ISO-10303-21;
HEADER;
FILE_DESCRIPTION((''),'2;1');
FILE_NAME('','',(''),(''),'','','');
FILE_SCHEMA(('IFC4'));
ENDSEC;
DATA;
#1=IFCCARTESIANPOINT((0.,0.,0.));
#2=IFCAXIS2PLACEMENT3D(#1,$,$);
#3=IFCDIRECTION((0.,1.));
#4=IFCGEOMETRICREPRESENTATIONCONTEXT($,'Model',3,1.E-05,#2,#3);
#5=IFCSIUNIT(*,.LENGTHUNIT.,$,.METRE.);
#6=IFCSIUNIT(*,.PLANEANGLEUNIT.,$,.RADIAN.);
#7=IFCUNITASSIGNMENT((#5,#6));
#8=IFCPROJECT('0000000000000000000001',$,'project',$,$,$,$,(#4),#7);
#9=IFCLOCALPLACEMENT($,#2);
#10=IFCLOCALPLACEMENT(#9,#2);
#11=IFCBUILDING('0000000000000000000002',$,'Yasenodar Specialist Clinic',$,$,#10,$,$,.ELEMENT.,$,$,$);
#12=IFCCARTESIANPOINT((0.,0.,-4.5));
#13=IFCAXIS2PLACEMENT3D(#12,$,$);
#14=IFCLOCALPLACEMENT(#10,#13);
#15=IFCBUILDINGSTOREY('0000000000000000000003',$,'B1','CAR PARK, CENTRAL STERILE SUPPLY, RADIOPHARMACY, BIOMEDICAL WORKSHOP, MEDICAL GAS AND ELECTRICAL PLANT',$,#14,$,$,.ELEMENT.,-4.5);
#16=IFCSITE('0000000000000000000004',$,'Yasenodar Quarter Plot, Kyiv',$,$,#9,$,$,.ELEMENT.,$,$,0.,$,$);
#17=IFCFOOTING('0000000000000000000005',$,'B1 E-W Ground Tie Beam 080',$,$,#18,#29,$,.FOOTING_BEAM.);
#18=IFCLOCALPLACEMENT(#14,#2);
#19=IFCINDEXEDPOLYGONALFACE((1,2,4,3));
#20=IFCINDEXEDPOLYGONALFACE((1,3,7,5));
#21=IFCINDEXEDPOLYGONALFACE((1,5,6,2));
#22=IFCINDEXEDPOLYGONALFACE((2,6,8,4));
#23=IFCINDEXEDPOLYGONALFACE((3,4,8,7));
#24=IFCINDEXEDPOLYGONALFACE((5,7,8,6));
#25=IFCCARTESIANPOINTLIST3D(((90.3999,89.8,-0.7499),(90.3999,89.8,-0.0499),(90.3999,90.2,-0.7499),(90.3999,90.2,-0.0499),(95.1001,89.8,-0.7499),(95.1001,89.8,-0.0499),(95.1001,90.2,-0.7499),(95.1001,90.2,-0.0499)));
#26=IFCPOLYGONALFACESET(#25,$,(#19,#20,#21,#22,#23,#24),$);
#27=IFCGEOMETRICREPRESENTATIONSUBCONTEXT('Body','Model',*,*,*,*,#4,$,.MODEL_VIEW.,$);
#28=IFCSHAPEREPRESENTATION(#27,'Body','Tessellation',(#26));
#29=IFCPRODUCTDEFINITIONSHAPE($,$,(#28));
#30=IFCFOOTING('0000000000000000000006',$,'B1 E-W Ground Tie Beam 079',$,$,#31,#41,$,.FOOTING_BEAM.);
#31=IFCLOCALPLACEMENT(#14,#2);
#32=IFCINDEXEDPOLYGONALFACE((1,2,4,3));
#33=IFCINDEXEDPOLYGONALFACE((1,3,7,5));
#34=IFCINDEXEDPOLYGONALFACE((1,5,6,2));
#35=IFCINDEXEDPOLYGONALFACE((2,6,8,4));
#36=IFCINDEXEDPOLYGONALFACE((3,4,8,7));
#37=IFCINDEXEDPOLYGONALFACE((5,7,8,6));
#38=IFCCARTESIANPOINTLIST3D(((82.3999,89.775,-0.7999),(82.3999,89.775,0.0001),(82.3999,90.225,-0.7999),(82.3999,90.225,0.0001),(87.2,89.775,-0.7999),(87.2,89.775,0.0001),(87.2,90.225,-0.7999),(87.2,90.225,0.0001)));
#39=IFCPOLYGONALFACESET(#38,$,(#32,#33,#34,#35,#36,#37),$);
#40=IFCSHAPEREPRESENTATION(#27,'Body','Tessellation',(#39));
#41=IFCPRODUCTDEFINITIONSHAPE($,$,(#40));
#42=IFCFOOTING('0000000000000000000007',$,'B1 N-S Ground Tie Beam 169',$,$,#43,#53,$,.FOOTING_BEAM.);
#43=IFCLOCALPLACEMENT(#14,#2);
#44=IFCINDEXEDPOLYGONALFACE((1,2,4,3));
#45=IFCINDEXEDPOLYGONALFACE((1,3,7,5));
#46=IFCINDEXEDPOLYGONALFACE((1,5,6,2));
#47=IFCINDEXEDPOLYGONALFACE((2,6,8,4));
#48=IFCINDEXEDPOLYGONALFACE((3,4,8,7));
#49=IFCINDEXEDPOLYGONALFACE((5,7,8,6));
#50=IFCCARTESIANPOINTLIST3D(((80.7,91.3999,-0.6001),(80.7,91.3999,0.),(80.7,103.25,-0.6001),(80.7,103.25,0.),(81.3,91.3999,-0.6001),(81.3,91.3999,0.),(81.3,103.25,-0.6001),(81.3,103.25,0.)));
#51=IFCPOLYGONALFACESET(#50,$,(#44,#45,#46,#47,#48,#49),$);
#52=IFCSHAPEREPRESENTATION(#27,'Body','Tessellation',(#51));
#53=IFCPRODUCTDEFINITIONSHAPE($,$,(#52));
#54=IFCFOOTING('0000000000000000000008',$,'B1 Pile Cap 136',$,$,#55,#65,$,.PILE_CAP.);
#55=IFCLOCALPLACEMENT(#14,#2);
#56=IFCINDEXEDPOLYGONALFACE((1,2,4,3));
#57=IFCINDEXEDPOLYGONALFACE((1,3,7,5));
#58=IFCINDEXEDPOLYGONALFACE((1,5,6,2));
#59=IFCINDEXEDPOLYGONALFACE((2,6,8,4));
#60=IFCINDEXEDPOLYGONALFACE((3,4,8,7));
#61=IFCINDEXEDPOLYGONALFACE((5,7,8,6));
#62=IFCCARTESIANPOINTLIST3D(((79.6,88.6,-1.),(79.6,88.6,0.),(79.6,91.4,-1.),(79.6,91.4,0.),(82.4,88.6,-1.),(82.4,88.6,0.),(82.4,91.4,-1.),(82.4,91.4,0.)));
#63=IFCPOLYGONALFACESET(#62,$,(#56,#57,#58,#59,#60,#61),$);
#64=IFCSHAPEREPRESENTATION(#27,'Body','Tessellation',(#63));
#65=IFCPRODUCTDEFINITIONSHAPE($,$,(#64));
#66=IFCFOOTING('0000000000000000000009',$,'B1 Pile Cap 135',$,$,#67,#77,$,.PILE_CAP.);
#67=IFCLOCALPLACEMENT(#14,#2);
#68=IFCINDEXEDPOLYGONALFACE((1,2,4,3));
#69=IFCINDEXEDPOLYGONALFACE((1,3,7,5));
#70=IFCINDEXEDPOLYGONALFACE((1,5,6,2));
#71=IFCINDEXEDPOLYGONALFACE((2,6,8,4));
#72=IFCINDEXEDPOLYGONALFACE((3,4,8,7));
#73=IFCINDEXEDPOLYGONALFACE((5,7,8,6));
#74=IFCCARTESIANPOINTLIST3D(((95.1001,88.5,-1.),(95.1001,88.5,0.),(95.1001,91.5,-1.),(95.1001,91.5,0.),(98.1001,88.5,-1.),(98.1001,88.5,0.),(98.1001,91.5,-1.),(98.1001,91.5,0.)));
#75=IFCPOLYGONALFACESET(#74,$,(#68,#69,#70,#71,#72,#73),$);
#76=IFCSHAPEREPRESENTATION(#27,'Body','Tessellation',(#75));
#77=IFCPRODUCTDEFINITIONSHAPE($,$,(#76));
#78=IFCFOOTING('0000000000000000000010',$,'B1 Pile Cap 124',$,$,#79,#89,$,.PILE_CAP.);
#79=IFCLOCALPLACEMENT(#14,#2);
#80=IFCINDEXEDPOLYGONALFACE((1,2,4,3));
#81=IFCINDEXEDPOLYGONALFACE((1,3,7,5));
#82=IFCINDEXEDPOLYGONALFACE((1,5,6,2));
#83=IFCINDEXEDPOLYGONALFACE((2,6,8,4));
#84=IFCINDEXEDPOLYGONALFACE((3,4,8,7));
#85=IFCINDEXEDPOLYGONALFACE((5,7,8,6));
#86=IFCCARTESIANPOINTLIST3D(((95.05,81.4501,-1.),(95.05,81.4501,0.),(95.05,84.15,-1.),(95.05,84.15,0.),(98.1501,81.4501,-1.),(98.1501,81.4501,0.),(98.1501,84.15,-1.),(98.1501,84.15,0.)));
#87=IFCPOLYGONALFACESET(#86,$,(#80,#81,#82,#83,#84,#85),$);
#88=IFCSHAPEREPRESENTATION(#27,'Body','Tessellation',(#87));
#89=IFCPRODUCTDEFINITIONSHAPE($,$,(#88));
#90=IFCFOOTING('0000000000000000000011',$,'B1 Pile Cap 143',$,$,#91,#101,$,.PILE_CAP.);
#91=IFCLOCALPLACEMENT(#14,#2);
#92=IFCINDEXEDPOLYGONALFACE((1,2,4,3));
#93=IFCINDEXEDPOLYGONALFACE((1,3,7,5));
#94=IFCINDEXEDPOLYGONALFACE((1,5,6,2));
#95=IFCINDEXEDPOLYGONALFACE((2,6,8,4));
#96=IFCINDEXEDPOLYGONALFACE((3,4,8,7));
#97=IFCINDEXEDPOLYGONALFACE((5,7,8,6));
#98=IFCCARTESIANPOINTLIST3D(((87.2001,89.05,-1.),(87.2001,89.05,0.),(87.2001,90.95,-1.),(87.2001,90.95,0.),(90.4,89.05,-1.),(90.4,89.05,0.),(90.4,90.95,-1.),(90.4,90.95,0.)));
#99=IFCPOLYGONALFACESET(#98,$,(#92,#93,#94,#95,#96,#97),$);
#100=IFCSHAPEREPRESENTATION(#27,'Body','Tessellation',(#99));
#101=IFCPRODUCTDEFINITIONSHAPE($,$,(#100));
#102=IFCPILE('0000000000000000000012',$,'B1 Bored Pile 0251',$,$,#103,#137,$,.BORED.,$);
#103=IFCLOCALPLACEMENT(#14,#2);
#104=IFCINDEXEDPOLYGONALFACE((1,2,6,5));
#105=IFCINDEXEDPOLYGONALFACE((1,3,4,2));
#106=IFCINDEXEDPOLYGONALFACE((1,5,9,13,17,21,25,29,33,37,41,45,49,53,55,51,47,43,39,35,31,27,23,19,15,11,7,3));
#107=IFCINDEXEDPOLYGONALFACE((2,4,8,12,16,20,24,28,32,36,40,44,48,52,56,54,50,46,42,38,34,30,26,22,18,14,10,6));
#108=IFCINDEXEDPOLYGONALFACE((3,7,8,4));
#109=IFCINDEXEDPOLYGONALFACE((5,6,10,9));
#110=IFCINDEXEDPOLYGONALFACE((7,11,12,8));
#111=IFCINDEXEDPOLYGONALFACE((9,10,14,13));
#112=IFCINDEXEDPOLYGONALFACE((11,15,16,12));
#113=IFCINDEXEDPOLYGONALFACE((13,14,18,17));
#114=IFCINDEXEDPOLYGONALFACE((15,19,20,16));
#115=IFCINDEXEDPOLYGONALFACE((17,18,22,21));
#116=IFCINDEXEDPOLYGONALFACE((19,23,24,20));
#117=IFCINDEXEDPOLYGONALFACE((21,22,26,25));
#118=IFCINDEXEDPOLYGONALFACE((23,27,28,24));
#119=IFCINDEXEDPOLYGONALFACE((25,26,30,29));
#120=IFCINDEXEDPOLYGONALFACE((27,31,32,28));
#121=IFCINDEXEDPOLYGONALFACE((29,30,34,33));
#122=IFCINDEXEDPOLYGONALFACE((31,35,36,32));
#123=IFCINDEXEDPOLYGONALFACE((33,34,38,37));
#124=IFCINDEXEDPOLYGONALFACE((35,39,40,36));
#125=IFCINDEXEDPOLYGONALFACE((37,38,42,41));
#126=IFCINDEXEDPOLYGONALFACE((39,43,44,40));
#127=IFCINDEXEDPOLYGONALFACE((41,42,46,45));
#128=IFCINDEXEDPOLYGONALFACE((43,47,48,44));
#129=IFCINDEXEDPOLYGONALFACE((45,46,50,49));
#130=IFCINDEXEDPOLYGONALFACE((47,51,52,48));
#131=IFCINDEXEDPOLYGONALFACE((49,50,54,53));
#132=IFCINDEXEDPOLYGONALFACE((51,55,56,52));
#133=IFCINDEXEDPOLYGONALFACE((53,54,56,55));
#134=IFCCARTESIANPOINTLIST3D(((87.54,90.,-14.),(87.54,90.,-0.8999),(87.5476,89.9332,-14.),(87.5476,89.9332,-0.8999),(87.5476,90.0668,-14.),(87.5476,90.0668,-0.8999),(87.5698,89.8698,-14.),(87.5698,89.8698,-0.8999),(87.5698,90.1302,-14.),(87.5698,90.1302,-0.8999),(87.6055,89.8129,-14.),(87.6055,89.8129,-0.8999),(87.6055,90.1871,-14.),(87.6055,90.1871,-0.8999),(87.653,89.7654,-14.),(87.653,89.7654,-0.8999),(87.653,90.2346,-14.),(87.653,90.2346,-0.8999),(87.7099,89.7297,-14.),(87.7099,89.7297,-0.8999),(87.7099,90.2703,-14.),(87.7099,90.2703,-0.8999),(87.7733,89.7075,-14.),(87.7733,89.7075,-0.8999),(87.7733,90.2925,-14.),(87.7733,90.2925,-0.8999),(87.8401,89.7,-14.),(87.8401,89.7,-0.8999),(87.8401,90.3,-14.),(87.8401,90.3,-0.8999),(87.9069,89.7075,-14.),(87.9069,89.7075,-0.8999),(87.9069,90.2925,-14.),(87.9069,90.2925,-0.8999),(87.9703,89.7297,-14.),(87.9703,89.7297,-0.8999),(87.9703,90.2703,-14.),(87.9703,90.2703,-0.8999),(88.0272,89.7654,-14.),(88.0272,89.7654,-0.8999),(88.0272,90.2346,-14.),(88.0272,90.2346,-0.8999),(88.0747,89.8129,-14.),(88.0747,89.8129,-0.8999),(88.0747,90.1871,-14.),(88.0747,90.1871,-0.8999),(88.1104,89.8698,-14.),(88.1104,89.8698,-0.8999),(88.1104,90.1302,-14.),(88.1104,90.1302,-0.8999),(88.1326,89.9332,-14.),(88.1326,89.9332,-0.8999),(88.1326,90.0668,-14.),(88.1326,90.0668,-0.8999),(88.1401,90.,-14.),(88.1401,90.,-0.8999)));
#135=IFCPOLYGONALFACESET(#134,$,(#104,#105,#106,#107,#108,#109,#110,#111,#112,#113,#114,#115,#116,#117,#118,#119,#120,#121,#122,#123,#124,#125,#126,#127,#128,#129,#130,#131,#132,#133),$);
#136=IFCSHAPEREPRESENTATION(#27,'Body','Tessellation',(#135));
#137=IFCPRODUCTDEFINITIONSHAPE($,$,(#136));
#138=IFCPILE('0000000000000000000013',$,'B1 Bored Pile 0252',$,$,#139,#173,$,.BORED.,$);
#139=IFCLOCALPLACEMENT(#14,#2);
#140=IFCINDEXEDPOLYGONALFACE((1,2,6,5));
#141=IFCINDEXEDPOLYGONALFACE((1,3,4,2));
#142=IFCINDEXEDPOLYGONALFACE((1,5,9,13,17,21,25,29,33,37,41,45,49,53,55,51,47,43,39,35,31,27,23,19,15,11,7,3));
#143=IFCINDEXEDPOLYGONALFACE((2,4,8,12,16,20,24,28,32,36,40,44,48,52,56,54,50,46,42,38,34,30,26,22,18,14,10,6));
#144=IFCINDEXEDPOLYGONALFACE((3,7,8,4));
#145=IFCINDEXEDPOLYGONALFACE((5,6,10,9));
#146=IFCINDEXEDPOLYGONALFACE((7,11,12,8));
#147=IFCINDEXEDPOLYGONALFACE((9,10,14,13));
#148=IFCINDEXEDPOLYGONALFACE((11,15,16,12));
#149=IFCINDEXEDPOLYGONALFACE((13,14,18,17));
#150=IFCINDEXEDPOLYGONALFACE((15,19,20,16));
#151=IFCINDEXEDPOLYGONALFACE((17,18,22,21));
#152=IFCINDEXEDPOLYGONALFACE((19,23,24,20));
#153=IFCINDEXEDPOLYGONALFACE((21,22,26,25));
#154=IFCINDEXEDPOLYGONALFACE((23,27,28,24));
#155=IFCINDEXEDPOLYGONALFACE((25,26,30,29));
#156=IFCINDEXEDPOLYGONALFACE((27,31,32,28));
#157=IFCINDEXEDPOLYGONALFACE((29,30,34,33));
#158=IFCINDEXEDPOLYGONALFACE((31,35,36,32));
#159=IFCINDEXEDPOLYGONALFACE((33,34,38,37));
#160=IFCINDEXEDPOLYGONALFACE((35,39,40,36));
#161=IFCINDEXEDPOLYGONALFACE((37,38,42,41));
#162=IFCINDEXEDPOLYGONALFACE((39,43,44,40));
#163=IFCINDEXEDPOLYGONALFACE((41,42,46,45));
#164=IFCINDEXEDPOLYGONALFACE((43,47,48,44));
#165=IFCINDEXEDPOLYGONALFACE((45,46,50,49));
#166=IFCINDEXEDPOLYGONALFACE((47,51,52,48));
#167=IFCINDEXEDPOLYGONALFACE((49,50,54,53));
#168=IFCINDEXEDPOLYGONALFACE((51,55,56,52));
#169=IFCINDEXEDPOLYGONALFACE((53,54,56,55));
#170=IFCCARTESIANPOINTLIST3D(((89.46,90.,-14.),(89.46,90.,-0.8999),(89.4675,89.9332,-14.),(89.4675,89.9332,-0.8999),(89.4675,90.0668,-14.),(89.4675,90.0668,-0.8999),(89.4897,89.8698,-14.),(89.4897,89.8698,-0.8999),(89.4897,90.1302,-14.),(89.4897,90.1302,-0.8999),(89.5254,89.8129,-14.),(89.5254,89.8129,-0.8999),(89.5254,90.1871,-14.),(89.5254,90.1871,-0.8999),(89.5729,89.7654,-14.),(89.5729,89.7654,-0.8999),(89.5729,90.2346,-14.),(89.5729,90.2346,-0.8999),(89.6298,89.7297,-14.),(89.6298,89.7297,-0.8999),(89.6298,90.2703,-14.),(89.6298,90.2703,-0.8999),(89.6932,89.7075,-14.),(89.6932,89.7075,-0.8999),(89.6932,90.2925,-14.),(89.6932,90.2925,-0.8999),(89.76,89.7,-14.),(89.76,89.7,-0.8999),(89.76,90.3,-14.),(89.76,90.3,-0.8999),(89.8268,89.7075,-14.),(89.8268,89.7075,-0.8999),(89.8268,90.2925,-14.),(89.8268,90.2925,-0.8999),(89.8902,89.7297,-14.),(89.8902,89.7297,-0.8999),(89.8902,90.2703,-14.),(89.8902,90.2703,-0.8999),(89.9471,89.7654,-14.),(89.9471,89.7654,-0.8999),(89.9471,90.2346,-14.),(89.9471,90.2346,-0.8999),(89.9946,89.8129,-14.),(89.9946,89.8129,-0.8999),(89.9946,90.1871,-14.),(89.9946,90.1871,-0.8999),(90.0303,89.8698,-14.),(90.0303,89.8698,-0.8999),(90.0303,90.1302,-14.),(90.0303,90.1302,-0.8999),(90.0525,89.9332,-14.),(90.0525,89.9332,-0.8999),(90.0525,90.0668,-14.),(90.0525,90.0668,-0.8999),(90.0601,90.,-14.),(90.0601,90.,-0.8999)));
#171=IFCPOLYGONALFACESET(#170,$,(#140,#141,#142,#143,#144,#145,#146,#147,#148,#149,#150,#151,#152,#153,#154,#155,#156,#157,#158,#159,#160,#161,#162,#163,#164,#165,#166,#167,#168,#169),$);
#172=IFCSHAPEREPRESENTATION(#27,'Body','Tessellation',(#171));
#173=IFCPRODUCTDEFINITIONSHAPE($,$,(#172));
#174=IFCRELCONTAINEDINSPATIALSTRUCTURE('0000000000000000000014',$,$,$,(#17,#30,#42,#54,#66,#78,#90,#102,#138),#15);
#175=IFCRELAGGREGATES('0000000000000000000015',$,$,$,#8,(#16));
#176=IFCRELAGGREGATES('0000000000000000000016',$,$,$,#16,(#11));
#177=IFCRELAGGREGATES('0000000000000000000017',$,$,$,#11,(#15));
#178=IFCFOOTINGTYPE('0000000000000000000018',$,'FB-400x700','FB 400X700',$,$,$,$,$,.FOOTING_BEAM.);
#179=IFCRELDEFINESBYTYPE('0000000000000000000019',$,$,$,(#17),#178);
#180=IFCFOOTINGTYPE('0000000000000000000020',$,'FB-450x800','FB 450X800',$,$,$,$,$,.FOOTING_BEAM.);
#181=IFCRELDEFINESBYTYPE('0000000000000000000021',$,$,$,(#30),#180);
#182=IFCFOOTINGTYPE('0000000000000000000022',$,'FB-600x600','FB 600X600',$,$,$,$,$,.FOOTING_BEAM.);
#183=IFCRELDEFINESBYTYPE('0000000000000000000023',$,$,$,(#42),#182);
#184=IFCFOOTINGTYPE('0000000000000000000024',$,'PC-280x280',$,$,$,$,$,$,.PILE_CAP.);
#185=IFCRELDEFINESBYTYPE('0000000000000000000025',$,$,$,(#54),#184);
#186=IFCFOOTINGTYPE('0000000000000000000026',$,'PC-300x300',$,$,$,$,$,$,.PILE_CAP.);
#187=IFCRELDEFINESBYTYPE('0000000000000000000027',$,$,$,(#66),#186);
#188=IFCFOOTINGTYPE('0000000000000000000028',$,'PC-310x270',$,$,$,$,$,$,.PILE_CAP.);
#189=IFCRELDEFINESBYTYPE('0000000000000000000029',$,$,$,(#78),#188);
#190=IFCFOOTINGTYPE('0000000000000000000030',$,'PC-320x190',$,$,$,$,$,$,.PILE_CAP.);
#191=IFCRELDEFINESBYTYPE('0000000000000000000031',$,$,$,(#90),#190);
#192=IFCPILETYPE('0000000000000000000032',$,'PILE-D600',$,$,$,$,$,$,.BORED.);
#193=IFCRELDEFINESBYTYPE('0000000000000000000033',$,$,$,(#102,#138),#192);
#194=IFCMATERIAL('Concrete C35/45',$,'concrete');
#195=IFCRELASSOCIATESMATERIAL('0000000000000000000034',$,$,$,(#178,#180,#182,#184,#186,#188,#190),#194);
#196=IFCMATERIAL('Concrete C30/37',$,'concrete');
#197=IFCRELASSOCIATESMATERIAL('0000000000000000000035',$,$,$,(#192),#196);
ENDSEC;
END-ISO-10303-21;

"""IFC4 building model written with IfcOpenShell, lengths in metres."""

from ifc_helpers import new_model, si_unit, direction, frame, origin, origin_2d, place, context, subcontext, project, spatial, rectangle, circle, extrude, material, material_profile, profile_set, type_object, element, save


model = new_model("IFC4")

# Units and contexts
model_context = context("Model", 3, precision=1e-05, world=origin(), true_north=direction((0.0, 1.0)))
body_context = subcontext(model_context, "Body", "Model", "MODEL_VIEW")
ifc_project = project(units=[si_unit("LENGTHUNIT", "METRE"), si_unit("PLANEANGLEUNIT", "RADIAN")], contexts=[model_context])

# Site, building, storey
site_placement = place(None, origin())
site = spatial("IfcSite", under=ifc_project, at=site_placement, Name="Yasenodar Quarter Plot, Kyiv", CompositionType="ELEMENT", RefElevation=0.0)
building_placement = place(site_placement, origin())
building = spatial("IfcBuilding", under=site, at=building_placement, Name="Yasenodar Specialist Clinic", CompositionType="ELEMENT")
storey_placement = place(building_placement, frame((0.0, 0.0, -4.5)))
storey = spatial("IfcBuildingStorey", under=building, at=storey_placement, Name="B1", Description="CAR PARK, CENTRAL STERILE SUPPLY, RADIOPHARMACY, BIOMEDICAL WORKSHOP, MEDICAL GAS AND ELECTRICAL PLANT", CompositionType="ELEMENT", Elevation=-4.5)

# Footings
ifc_material_1 = material(Name="Concrete C35/45", Category="concrete")
ifc_material_profile_1 = material_profile(ifc_material_1, rectangle(XDim=0.3999, YDim=0.7, at=origin_2d()), Name="RC 400x700")
ifc_profile_set_1 = profile_set([ifc_material_profile_1], Name="Concrete C35/45")
footing_type_1 = type_object("IfcFootingType", Name="FB-400x700", Description="FB 400X700", PredefinedType="FOOTING_BEAM", material=ifc_profile_set_1)
footing_1_placement = place(storey_placement, frame((90.3999, 90.0, -0.3999), z_axis=(1.0, 0.0, 0.0), x_axis=(0.0, 1.0, 0.0)))
element("IfcFooting", 1, at=footing_1_placement, inside=storey, type_object=footing_type_1, Name="B1 E-W Ground Tie Beam 080", PredefinedType="FOOTING_BEAM", context=body_context, shape_type="SweptSolid", body=[
    extrude(rectangle(XDim=0.3999, YDim=0.7, at=origin_2d()), origin(), (0.0, 0.0, 1.0), 4.7002),
])
ifc_material_profile_2 = material_profile(ifc_material_1, rectangle(XDim=0.45, YDim=0.8, at=origin_2d()), Name="RC 450x800")
ifc_profile_set_2 = profile_set([ifc_material_profile_2], Name="Concrete C35/45")
footing_type_2 = type_object("IfcFootingType", Name="FB-450x800", Description="FB 450X800", PredefinedType="FOOTING_BEAM", material=ifc_profile_set_2)
footing_2_placement = place(storey_placement, frame((82.3999, 90.0, -0.3999), z_axis=(1.0, 0.0, 0.0), x_axis=(0.0, 1.0, 0.0)))
element("IfcFooting", 2, at=footing_2_placement, inside=storey, type_object=footing_type_2, Name="B1 E-W Ground Tie Beam 079", PredefinedType="FOOTING_BEAM", context=body_context, shape_type="SweptSolid", body=[
    extrude(rectangle(XDim=0.45, YDim=0.8, at=origin_2d()), origin(), (0.0, 0.0, 1.0), 4.8),
])
ifc_material_profile_3 = material_profile(ifc_material_1, rectangle(XDim=0.6001, YDim=0.6001, at=origin_2d()), Name="RC 600x600")
ifc_profile_set_3 = profile_set([ifc_material_profile_3], Name="Concrete C35/45")
footing_type_3 = type_object("IfcFootingType", Name="FB-600x600", Description="FB 600X600", PredefinedType="FOOTING_BEAM", material=ifc_profile_set_3)
footing_3_placement = place(storey_placement, frame((81.0, 91.3999, -0.3), z_axis=(0.0, 1.0, 0.0), x_axis=(-1.0, 0.0, 0.0)))
element("IfcFooting", 3, at=footing_3_placement, inside=storey, type_object=footing_type_3, Name="B1 N-S Ground Tie Beam 169", PredefinedType="FOOTING_BEAM", context=body_context, shape_type="SweptSolid", body=[
    extrude(rectangle(XDim=0.6001, YDim=0.6001, at=origin_2d()), origin(), (0.0, 0.0, 1.0), 11.8501),
])
footing_type_4 = type_object("IfcFootingType", Name="PC-280x280", PredefinedType="PILE_CAP", material=ifc_material_1)
footing_4_placement = place(storey_placement, frame((81.0, 90.0, -1.0), z_axis=(0.0, 0.0, 1.0), x_axis=(1.0, 0.0, 0.0)))
element("IfcFooting", 4, at=footing_4_placement, inside=storey, type_object=footing_type_4, Name="B1 Pile Cap 136", PredefinedType="PILE_CAP", context=body_context, shape_type="SweptSolid", body=[
    extrude(rectangle(XDim=2.8, YDim=2.8, at=origin_2d()), origin(), (0.0, 0.0, 1.0), 1.0),
])
footing_type_5 = type_object("IfcFootingType", Name="PC-300x300", PredefinedType="PILE_CAP", material=ifc_material_1)
footing_5_placement = place(storey_placement, frame((96.6001, 90.0, -1.0), z_axis=(0.0, 0.0, 1.0), x_axis=(1.0, 0.0, 0.0)))
element("IfcFooting", 5, at=footing_5_placement, inside=storey, type_object=footing_type_5, Name="B1 Pile Cap 135", PredefinedType="PILE_CAP", context=body_context, shape_type="SweptSolid", body=[
    extrude(rectangle(XDim=3.0, YDim=3.0, at=origin_2d()), origin(), (0.0, 0.0, 1.0), 1.0),
])
footing_type_6 = type_object("IfcFootingType", Name="PC-310x270", PredefinedType="PILE_CAP", material=ifc_material_1)
footing_6_placement = place(storey_placement, frame((96.6001, 82.8, -1.0), z_axis=(0.0, 0.0, 1.0), x_axis=(1.0, 0.0, 0.0)))
element("IfcFooting", 6, at=footing_6_placement, inside=storey, type_object=footing_type_6, Name="B1 Pile Cap 124", PredefinedType="PILE_CAP", context=body_context, shape_type="SweptSolid", body=[
    extrude(rectangle(XDim=3.1001, YDim=2.7, at=origin_2d()), origin(), (0.0, 0.0, 1.0), 1.0),
])
footing_type_7 = type_object("IfcFootingType", Name="PC-320x190", PredefinedType="PILE_CAP", material=ifc_material_1)
footing_7_placement = place(storey_placement, frame((88.8, 90.0, -1.0), z_axis=(0.0, 0.0, 1.0), x_axis=(1.0, 0.0, 0.0)))
element("IfcFooting", 7, at=footing_7_placement, inside=storey, type_object=footing_type_7, Name="B1 Pile Cap 143", PredefinedType="PILE_CAP", context=body_context, shape_type="SweptSolid", body=[
    extrude(rectangle(XDim=3.2, YDim=1.8999, at=origin_2d()), origin(), (0.0, 0.0, 1.0), 1.0),
])

# Piles
ifc_material_2 = material(Name="Concrete C30/37", Category="concrete")
ifc_material_profile_4 = material_profile(ifc_material_2, circle(Radius=0.3, at=origin_2d()), Name="PILE D600")
ifc_profile_set_4 = profile_set([ifc_material_profile_4], Name="Concrete C30/37")
pile_type_1 = type_object("IfcPileType", Name="PILE-D600", PredefinedType="BORED", material=ifc_profile_set_4)
for number, where, z_axis, x_axis, name in (
    (8, (87.8401, 90.0, -0.8999), (0.0, 0.0, -1.0), (1.0, 0.0, 0.0), "B1 Bored Pile 0251"),
    (9, (89.76, 90.0, -0.8999), (0.0, 0.0, -1.0), (1.0, 0.0, 0.0), "B1 Bored Pile 0252"),
):
    element("IfcPile", number, at=place(storey_placement, frame(where, z_axis=z_axis, x_axis=x_axis)), inside=storey, type_object=pile_type_1, Name=name, PredefinedType="BORED", context=body_context, shape_type="SweptSolid", body=[
        extrude(circle(Radius=0.3, at=origin_2d()), origin(), (0.0, 0.0, 1.0), 13.1001),
    ])

save(model, "model.ifc")
